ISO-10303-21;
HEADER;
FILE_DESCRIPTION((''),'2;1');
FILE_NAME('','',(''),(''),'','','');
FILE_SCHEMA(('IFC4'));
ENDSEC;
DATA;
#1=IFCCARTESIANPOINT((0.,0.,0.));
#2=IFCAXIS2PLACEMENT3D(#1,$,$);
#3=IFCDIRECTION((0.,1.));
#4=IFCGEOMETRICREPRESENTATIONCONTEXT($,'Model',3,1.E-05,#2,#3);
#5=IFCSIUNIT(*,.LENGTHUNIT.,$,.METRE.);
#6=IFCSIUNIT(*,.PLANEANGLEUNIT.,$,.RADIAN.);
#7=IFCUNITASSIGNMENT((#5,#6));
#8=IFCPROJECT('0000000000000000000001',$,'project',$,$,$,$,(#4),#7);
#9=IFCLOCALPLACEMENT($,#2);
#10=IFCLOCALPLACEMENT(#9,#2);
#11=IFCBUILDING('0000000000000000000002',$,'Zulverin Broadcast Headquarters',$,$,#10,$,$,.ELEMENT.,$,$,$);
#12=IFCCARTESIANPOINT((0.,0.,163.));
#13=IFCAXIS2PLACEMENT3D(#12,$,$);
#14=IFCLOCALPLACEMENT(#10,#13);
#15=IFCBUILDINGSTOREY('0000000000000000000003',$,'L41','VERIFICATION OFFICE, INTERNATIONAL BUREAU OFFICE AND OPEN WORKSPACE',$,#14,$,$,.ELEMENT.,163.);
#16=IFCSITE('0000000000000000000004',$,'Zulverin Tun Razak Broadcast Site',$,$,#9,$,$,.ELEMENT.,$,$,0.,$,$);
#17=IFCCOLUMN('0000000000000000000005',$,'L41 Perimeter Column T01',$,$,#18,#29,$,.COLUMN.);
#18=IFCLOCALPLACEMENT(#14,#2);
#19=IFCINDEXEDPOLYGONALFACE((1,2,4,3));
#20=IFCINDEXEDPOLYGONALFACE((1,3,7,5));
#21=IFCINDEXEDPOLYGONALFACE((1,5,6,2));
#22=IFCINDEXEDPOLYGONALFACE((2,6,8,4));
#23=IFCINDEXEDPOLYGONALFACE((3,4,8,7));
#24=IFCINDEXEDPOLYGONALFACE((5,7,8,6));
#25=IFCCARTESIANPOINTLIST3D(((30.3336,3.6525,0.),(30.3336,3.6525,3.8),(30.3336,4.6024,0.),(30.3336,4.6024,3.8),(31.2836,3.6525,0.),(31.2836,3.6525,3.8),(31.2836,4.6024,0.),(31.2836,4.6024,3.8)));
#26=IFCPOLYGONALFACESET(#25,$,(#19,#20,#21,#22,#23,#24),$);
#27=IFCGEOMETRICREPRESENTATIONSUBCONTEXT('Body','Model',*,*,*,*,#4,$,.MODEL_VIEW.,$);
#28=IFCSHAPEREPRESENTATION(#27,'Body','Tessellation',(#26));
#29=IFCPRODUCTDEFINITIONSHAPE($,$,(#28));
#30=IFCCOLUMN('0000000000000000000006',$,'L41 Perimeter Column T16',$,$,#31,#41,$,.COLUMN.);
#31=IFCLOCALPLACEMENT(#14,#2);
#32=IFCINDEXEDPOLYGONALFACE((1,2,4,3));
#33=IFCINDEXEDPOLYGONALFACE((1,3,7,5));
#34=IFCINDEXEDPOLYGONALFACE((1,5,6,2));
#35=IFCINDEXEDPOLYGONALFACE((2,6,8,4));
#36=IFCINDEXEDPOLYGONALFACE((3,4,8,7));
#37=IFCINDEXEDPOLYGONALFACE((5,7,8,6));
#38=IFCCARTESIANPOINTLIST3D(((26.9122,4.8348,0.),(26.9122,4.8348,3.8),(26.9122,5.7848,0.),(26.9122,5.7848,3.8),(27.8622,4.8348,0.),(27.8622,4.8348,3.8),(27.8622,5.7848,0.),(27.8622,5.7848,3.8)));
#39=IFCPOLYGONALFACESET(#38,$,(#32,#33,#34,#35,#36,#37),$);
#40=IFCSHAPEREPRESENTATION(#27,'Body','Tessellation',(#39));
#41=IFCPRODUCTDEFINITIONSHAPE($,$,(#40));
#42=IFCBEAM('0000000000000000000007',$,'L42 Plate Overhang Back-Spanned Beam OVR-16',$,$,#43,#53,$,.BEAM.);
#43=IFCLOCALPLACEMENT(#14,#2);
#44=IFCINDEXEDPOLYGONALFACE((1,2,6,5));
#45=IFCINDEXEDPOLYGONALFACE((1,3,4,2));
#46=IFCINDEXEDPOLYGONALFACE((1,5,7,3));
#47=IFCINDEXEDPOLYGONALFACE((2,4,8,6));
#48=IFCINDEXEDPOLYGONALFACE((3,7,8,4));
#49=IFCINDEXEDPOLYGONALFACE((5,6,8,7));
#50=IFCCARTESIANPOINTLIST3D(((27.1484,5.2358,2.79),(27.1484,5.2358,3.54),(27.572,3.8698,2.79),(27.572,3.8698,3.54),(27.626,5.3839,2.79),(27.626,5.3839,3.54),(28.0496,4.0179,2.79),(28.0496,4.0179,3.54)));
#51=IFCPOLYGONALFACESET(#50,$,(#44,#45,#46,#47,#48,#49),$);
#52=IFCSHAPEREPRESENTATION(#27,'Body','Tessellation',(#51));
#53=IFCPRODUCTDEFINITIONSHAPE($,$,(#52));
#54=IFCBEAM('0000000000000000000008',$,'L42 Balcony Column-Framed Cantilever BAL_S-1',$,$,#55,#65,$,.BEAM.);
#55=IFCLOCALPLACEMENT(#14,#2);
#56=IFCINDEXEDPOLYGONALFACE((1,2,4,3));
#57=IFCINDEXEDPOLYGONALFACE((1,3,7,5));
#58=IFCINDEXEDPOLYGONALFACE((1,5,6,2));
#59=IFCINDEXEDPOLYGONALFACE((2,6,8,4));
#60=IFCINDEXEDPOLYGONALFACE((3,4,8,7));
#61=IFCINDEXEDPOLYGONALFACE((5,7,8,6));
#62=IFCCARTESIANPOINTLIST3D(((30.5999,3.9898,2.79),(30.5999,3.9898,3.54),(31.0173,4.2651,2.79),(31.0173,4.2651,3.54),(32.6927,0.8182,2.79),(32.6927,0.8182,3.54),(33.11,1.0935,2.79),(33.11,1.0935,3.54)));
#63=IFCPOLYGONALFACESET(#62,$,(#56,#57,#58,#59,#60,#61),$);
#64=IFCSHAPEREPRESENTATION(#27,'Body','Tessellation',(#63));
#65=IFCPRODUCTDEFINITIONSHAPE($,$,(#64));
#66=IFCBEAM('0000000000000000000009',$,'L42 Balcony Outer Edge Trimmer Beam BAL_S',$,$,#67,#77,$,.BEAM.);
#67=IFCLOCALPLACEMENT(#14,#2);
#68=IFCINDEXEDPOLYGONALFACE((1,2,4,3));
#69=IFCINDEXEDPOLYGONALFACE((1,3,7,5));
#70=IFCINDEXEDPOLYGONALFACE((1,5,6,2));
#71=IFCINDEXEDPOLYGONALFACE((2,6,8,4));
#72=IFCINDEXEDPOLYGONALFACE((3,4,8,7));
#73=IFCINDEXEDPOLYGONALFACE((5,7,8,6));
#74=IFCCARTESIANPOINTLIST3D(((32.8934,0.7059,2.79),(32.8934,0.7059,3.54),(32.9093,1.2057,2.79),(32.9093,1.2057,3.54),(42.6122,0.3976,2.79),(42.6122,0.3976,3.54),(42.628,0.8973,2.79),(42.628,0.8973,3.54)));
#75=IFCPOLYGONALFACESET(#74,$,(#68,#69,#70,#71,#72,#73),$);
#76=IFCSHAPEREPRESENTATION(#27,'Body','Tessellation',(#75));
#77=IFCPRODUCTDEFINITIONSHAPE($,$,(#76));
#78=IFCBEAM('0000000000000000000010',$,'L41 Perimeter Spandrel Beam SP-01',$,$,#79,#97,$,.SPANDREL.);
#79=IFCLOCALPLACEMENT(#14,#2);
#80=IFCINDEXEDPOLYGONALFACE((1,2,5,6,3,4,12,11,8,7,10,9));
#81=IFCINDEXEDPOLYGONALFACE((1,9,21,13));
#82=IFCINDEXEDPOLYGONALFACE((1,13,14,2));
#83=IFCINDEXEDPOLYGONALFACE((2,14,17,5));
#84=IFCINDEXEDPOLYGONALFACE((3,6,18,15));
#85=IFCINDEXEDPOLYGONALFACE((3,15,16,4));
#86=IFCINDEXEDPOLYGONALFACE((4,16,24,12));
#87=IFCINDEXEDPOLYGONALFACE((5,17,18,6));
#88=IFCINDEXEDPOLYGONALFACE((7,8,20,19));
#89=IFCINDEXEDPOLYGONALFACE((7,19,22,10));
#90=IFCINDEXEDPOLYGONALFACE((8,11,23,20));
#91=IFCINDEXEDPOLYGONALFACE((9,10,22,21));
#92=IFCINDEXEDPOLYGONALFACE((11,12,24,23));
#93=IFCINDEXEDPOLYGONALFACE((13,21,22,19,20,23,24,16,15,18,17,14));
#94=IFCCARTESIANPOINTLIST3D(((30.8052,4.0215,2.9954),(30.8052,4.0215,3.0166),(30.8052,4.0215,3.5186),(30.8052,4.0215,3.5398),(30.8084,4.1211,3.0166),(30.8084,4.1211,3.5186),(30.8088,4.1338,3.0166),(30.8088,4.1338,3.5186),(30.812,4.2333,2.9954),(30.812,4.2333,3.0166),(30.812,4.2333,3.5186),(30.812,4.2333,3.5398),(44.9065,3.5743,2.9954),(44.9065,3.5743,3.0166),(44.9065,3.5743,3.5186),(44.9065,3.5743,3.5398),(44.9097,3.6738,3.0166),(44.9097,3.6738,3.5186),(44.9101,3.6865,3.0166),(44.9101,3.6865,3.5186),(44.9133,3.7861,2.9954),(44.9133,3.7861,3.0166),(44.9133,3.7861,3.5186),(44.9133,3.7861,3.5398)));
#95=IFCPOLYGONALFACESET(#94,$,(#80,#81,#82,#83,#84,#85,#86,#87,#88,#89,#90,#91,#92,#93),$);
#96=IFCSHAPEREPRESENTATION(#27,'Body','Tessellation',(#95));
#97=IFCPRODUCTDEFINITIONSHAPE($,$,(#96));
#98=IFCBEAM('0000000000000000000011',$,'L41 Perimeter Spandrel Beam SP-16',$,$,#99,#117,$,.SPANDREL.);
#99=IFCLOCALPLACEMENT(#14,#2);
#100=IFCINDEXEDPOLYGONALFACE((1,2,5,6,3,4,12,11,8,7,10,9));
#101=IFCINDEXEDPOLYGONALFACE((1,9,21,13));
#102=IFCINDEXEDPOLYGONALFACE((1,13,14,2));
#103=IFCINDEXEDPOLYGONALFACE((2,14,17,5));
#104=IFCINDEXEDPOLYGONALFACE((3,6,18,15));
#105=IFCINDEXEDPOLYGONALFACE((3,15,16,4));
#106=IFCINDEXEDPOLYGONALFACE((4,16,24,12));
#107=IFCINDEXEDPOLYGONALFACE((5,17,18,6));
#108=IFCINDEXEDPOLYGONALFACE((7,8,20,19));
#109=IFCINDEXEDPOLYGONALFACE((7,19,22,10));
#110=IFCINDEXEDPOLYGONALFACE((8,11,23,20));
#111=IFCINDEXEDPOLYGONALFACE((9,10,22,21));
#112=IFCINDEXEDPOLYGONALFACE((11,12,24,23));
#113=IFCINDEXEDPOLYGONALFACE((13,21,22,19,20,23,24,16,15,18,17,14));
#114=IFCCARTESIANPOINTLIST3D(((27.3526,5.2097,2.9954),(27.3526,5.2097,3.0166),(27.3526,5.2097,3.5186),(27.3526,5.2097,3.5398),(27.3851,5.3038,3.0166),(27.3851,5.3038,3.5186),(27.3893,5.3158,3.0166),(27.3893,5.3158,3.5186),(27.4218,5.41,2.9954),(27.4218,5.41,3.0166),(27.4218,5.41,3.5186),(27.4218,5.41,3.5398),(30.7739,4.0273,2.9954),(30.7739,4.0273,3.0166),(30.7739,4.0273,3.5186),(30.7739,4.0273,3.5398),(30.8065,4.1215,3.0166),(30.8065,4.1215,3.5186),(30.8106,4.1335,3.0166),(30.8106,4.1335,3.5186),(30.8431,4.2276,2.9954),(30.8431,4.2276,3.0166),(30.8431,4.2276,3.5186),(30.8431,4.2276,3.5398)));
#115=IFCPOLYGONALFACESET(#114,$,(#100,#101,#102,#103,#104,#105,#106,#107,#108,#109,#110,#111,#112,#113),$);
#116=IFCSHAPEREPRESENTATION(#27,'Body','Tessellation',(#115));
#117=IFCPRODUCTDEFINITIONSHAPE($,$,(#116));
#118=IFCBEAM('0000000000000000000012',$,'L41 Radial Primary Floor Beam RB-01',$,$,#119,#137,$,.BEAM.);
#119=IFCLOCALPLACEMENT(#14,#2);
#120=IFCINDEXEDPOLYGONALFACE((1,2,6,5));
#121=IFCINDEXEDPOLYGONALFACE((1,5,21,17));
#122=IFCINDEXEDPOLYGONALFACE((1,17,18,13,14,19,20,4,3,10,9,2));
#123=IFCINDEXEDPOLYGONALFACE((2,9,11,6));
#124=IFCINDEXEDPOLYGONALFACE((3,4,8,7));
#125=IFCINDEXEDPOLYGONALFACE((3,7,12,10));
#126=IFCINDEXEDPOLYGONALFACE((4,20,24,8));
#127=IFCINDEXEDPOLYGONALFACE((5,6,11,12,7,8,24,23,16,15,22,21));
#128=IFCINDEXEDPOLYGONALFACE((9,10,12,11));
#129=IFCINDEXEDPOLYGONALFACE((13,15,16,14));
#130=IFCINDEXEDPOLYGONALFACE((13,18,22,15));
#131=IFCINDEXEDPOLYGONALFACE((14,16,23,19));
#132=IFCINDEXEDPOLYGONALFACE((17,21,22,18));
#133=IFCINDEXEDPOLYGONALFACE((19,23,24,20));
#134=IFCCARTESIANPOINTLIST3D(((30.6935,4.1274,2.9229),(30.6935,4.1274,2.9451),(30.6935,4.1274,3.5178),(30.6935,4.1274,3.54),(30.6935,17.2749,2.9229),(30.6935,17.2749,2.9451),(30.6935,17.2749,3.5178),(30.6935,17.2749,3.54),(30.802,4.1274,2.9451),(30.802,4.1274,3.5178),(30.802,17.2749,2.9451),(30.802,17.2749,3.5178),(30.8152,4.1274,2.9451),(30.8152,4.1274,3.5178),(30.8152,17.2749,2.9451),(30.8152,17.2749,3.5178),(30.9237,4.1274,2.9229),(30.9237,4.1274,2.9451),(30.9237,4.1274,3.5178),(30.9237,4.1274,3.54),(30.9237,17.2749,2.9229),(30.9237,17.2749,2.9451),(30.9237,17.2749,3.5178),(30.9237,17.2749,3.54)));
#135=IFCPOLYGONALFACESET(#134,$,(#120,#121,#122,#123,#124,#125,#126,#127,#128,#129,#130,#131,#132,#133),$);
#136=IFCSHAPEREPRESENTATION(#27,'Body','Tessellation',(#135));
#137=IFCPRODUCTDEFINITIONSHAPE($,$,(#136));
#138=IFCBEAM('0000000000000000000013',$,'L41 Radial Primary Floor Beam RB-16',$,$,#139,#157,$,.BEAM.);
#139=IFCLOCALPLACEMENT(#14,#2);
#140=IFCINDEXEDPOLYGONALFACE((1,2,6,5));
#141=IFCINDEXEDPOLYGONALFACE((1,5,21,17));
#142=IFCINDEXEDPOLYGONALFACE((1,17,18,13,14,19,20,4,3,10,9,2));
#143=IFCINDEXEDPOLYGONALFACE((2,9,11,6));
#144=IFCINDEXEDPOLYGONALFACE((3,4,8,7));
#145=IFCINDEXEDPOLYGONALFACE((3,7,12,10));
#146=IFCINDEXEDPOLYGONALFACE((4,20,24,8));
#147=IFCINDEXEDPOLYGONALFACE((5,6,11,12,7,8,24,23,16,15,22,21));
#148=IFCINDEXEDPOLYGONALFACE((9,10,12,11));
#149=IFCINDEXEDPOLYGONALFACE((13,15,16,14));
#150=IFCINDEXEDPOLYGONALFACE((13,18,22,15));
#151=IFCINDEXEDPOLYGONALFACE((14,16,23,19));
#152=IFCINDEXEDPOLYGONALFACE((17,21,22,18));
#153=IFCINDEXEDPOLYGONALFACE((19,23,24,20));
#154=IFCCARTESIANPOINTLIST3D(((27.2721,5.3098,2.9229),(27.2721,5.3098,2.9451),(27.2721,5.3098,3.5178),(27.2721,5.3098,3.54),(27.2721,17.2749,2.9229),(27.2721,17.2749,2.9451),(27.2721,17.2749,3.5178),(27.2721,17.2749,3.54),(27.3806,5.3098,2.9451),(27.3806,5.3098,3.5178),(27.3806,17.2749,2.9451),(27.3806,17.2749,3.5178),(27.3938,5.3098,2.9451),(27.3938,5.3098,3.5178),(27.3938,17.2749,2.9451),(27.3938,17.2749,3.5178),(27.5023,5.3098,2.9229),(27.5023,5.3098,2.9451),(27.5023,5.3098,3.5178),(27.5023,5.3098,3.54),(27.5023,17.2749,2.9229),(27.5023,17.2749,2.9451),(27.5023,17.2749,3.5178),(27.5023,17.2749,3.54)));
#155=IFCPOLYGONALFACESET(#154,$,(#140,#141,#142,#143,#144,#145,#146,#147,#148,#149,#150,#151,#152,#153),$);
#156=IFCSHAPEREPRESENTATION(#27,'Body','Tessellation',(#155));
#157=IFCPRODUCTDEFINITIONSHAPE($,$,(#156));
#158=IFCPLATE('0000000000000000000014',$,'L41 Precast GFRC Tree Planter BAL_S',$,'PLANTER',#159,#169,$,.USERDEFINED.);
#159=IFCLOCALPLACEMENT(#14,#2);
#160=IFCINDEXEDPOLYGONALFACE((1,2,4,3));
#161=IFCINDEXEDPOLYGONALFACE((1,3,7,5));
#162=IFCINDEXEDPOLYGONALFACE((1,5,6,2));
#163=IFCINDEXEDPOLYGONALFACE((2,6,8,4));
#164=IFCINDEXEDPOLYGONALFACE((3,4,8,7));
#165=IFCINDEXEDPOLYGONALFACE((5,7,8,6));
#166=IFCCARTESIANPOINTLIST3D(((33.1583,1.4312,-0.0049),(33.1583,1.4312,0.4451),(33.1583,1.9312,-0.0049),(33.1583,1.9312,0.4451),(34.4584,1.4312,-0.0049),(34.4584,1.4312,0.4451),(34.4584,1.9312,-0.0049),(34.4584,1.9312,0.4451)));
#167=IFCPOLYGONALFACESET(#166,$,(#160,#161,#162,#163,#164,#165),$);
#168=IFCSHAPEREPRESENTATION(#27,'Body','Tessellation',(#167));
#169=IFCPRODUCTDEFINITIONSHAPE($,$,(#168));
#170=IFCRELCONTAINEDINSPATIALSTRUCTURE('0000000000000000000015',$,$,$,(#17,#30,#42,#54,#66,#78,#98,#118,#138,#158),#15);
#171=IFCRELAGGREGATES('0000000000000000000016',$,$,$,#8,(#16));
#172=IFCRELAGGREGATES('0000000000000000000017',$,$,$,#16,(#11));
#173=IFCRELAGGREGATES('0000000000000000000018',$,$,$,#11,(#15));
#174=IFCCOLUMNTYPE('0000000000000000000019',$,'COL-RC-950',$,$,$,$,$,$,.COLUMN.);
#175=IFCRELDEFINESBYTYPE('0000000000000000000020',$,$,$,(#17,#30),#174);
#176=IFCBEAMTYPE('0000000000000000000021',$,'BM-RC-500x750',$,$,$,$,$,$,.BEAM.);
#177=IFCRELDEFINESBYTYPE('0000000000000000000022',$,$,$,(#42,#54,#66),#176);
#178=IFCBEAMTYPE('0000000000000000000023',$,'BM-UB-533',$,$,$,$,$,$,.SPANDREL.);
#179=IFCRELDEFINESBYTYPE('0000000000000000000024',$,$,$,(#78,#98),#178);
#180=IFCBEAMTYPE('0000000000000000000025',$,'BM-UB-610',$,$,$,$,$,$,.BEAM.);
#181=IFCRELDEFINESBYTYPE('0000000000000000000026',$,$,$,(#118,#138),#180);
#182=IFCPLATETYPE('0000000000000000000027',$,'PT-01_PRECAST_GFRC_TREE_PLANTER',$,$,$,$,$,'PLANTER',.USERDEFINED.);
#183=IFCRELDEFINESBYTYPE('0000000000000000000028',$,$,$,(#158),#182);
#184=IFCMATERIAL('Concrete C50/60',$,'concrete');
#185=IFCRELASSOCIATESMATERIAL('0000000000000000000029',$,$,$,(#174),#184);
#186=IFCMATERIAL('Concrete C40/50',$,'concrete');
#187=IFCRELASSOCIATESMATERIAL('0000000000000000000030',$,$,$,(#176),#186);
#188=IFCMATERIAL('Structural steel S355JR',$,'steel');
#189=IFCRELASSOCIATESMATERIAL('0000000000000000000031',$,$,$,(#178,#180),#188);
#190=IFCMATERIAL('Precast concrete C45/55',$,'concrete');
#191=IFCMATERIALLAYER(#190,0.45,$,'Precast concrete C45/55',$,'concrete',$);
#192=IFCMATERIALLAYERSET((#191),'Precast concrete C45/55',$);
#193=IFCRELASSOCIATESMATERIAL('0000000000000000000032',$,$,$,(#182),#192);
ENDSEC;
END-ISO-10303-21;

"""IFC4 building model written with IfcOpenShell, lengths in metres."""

from ifc_helpers import new_model, si_unit, direction, frame, origin, origin_2d, place, context, subcontext, project, spatial, rectangle, i_section, extrude, material, layer, layer_set, material_profile, profile_set, type_object, element, save


model = new_model("IFC4")

# Units and contexts
model_context = context("Model", 3, precision=1e-05, world=origin(), true_north=direction((0.0, 1.0)))
body_context = subcontext(model_context, "Body", "Model", "MODEL_VIEW")
ifc_project = project(units=[si_unit("LENGTHUNIT", "METRE"), si_unit("PLANEANGLEUNIT", "RADIAN")], contexts=[model_context])

# Site, building, storey
site_placement = place(None, origin())
site = spatial("IfcSite", under=ifc_project, at=site_placement, Name="Zulverin Tun Razak Broadcast Site", CompositionType="ELEMENT", RefElevation=0.0)
building_placement = place(site_placement, origin())
building = spatial("IfcBuilding", under=site, at=building_placement, Name="Zulverin Broadcast Headquarters", CompositionType="ELEMENT")
storey_placement = place(building_placement, frame((0.0, 0.0, 163.0)))
storey = spatial("IfcBuildingStorey", under=building, at=storey_placement, Name="L41", Description="VERIFICATION OFFICE, INTERNATIONAL BUREAU OFFICE AND OPEN WORKSPACE", CompositionType="ELEMENT", Elevation=163.0)

# Columns
ifc_material_1 = material(Name="Concrete C50/60", Category="concrete")
ifc_material_profile_1 = material_profile(ifc_material_1, rectangle(XDim=0.95, YDim=0.95, at=origin_2d()), Name="Concrete C50/60", Category="concrete")
ifc_profile_set_1 = profile_set([ifc_material_profile_1], Name="Concrete C50/60")
column_type = type_object("IfcColumnType", Name="COL-RC-950", PredefinedType="COLUMN", material=ifc_profile_set_1)
for number, where, z_axis, x_axis, name in (
    (1, (30.8086, 4.1274, 0.0), (0.0, 0.0, 1.0), (1.0, 0.0, 0.0), "L41 Perimeter Column T01"),
    (2, (27.3872, 5.3098, 0.0), (0.0, 0.0, 1.0), (1.0, 0.0, 0.0), "L41 Perimeter Column T16"),
):
    element("IfcColumn", number, at=place(storey_placement, frame(where, z_axis=z_axis, x_axis=x_axis)), inside=storey, type_object=column_type, Name=name, PredefinedType="COLUMN", context=body_context, shape_type="SweptSolid", body=[
        extrude(rectangle(XDim=0.95, YDim=0.95, at=origin_2d()), origin(), (0.0, 0.0, 1.0), 3.8),
    ])

# Beams
ifc_material_2 = material(Name="Concrete C40/50", Category="concrete")
ifc_material_profile_2 = material_profile(ifc_material_2, rectangle(XDim=0.5, YDim=0.75, at=origin_2d()), Name="Concrete C40/50", Category="concrete")
ifc_profile_set_2 = profile_set([ifc_material_profile_2], Name="Concrete C40/50")
beam_type_1 = type_object("IfcBeamType", Name="BM-RC-500x750", PredefinedType="BEAM", material=ifc_profile_set_2)
beam_1_placement = place(storey_placement, frame((27.3872, 5.3098, 3.165), z_axis=(0.296184, -0.955131, 0.0), x_axis=(0.955131, 0.296184, 0.0)))
element("IfcBeam", 3, at=beam_1_placement, inside=storey, type_object=beam_type_1, Name="L42 Plate Overhang Back-Spanned Beam OVR-16", PredefinedType="BEAM", context=body_context, shape_type="SweptSolid", body=[
    extrude(rectangle(XDim=0.5, YDim=0.75, at=origin_2d()), origin(), (0.0, 0.0, 1.0), 1.4302),
])
beam_2_placement = place(storey_placement, frame((30.8086, 4.1274, 3.165), z_axis=(0.55075, -0.83467, 0.0), x_axis=(0.83467, 0.55075, 0.0)))
element("IfcBeam", 4, at=beam_2_placement, inside=storey, type_object=beam_type_1, Name="L42 Balcony Column-Framed Cantilever BAL_S-1", PredefinedType="BEAM", context=body_context, shape_type="SweptSolid", body=[
    extrude(rectangle(XDim=0.5, YDim=0.75, at=origin_2d()), origin(), (0.0, 0.0, 1.0), 3.7998),
])
beam_3_placement = place(storey_placement, frame((32.9014, 0.9558, 3.165), z_axis=(0.999497, -0.031711, 0.0), x_axis=(0.031711, 0.999497, 0.0)))
element("IfcBeam", 5, at=beam_3_placement, inside=storey, type_object=beam_type_1, Name="L42 Balcony Outer Edge Trimmer Beam BAL_S", PredefinedType="BEAM", context=body_context, shape_type="SweptSolid", body=[
    extrude(rectangle(XDim=0.5, YDim=0.75, at=origin_2d()), origin(), (0.0, 0.0, 1.0), 9.7236),
])
ifc_material_3 = material(Name="Structural steel S355JR", Category="steel")
ifc_material_profile_3 = material_profile(ifc_material_3, i_section(OverallWidth=0.2119, OverallDepth=0.5444, WebThickness=0.0127, FlangeThickness=0.0212, at=origin_2d()), Name="Structural steel S355JR", Category="steel")
ifc_profile_set_3 = profile_set([ifc_material_profile_3], Name="Structural steel S355JR")
beam_type_2 = type_object("IfcBeamType", Name="BM-UB-533", PredefinedType="SPANDREL", material=ifc_profile_set_3)
beam_4_placement = place(storey_placement, frame((30.8086, 4.1274, 3.2676), z_axis=(0.999497, -0.031702, 0.0), x_axis=(0.031702, 0.999497, 0.0)))
element("IfcBeam", 6, at=beam_4_placement, inside=storey, type_object=beam_type_2, Name="L41 Perimeter Spandrel Beam SP-01", PredefinedType="SPANDREL", context=body_context, shape_type="SweptSolid", body=[
    extrude(i_section(OverallWidth=0.2119, OverallDepth=0.5444, WebThickness=0.0127, FlangeThickness=0.0212, at=origin_2d()), origin(), (0.0, 0.0, 1.0), 14.1084),
])
beam_5_placement = place(storey_placement, frame((27.3872, 5.3098, 3.2676), z_axis=(0.945153, -0.326629, 0.0), x_axis=(0.326629, 0.945153, 0.0)))
element("IfcBeam", 7, at=beam_5_placement, inside=storey, type_object=beam_type_2, Name="L41 Perimeter Spandrel Beam SP-16", PredefinedType="SPANDREL", context=body_context, shape_type="SweptSolid", body=[
    extrude(i_section(OverallWidth=0.2119, OverallDepth=0.5444, WebThickness=0.0127, FlangeThickness=0.0212, at=origin_2d()), origin(), (0.0, 0.0, 1.0), 3.6199),
])
ifc_material_profile_4 = material_profile(ifc_material_3, i_section(OverallWidth=0.2302, OverallDepth=0.6172, WebThickness=0.0132, FlangeThickness=0.0222, at=origin_2d()), Name="Structural steel S355JR", Category="steel")
ifc_profile_set_4 = profile_set([ifc_material_profile_4], Name="Structural steel S355JR")
beam_type_3 = type_object("IfcBeamType", Name="BM-UB-610", PredefinedType="BEAM", material=ifc_profile_set_4)
beam_6_placement = place(storey_placement, frame((30.8086, 17.2749, 3.2314), z_axis=(0.0, -1.0, 0.0), x_axis=(1.0, 0.0, 0.0)))
element("IfcBeam", 8, at=beam_6_placement, inside=storey, type_object=beam_type_3, Name="L41 Radial Primary Floor Beam RB-01", PredefinedType="BEAM", context=body_context, shape_type="SweptSolid", body=[
    extrude(i_section(OverallWidth=0.2302, OverallDepth=0.6172, WebThickness=0.0132, FlangeThickness=0.0222, at=origin_2d()), origin(), (0.0, 0.0, 1.0), 13.1475),
])
beam_7_placement = place(storey_placement, frame((27.3872, 17.2749, 3.2314), z_axis=(0.0, -1.0, 0.0), x_axis=(1.0, 0.0, 0.0)))
element("IfcBeam", 9, at=beam_7_placement, inside=storey, type_object=beam_type_3, Name="L41 Radial Primary Floor Beam RB-16", PredefinedType="BEAM", context=body_context, shape_type="SweptSolid", body=[
    extrude(i_section(OverallWidth=0.2302, OverallDepth=0.6172, WebThickness=0.0132, FlangeThickness=0.0222, at=origin_2d()), origin(), (0.0, 0.0, 1.0), 11.9651),
])

# Plate
ifc_material_4 = material(Name="Precast concrete C45/55", Category="concrete")
ifc_layer_1 = layer(ifc_material_4, 0.45, Name="Precast concrete C45/55", Category="concrete")
ifc_layer_set_1 = layer_set([ifc_layer_1], Name="Precast concrete C45/55")
plate_type = type_object("IfcPlateType", Name="PT-01_PRECAST_GFRC_TREE_PLANTER", ElementType="PLANTER", PredefinedType="USERDEFINED", material=ifc_layer_set_1)
plate_placement = place(storey_placement, frame((33.8083, 1.6812, -0.0049), z_axis=(0.0, 0.0, 1.0), x_axis=(1.0, 0.0, 0.0)))
element("IfcPlate", 10, at=plate_placement, inside=storey, type_object=plate_type, Name="L41 Precast GFRC Tree Planter BAL_S", ObjectType="PLANTER", PredefinedType="USERDEFINED", context=body_context, shape_type="SweptSolid", body=[
    extrude(rectangle(XDim=1.3, YDim=0.5, at=origin_2d()), origin(), (0.0, 0.0, 1.0), 0.45),
])

save(model, "model.ifc")
